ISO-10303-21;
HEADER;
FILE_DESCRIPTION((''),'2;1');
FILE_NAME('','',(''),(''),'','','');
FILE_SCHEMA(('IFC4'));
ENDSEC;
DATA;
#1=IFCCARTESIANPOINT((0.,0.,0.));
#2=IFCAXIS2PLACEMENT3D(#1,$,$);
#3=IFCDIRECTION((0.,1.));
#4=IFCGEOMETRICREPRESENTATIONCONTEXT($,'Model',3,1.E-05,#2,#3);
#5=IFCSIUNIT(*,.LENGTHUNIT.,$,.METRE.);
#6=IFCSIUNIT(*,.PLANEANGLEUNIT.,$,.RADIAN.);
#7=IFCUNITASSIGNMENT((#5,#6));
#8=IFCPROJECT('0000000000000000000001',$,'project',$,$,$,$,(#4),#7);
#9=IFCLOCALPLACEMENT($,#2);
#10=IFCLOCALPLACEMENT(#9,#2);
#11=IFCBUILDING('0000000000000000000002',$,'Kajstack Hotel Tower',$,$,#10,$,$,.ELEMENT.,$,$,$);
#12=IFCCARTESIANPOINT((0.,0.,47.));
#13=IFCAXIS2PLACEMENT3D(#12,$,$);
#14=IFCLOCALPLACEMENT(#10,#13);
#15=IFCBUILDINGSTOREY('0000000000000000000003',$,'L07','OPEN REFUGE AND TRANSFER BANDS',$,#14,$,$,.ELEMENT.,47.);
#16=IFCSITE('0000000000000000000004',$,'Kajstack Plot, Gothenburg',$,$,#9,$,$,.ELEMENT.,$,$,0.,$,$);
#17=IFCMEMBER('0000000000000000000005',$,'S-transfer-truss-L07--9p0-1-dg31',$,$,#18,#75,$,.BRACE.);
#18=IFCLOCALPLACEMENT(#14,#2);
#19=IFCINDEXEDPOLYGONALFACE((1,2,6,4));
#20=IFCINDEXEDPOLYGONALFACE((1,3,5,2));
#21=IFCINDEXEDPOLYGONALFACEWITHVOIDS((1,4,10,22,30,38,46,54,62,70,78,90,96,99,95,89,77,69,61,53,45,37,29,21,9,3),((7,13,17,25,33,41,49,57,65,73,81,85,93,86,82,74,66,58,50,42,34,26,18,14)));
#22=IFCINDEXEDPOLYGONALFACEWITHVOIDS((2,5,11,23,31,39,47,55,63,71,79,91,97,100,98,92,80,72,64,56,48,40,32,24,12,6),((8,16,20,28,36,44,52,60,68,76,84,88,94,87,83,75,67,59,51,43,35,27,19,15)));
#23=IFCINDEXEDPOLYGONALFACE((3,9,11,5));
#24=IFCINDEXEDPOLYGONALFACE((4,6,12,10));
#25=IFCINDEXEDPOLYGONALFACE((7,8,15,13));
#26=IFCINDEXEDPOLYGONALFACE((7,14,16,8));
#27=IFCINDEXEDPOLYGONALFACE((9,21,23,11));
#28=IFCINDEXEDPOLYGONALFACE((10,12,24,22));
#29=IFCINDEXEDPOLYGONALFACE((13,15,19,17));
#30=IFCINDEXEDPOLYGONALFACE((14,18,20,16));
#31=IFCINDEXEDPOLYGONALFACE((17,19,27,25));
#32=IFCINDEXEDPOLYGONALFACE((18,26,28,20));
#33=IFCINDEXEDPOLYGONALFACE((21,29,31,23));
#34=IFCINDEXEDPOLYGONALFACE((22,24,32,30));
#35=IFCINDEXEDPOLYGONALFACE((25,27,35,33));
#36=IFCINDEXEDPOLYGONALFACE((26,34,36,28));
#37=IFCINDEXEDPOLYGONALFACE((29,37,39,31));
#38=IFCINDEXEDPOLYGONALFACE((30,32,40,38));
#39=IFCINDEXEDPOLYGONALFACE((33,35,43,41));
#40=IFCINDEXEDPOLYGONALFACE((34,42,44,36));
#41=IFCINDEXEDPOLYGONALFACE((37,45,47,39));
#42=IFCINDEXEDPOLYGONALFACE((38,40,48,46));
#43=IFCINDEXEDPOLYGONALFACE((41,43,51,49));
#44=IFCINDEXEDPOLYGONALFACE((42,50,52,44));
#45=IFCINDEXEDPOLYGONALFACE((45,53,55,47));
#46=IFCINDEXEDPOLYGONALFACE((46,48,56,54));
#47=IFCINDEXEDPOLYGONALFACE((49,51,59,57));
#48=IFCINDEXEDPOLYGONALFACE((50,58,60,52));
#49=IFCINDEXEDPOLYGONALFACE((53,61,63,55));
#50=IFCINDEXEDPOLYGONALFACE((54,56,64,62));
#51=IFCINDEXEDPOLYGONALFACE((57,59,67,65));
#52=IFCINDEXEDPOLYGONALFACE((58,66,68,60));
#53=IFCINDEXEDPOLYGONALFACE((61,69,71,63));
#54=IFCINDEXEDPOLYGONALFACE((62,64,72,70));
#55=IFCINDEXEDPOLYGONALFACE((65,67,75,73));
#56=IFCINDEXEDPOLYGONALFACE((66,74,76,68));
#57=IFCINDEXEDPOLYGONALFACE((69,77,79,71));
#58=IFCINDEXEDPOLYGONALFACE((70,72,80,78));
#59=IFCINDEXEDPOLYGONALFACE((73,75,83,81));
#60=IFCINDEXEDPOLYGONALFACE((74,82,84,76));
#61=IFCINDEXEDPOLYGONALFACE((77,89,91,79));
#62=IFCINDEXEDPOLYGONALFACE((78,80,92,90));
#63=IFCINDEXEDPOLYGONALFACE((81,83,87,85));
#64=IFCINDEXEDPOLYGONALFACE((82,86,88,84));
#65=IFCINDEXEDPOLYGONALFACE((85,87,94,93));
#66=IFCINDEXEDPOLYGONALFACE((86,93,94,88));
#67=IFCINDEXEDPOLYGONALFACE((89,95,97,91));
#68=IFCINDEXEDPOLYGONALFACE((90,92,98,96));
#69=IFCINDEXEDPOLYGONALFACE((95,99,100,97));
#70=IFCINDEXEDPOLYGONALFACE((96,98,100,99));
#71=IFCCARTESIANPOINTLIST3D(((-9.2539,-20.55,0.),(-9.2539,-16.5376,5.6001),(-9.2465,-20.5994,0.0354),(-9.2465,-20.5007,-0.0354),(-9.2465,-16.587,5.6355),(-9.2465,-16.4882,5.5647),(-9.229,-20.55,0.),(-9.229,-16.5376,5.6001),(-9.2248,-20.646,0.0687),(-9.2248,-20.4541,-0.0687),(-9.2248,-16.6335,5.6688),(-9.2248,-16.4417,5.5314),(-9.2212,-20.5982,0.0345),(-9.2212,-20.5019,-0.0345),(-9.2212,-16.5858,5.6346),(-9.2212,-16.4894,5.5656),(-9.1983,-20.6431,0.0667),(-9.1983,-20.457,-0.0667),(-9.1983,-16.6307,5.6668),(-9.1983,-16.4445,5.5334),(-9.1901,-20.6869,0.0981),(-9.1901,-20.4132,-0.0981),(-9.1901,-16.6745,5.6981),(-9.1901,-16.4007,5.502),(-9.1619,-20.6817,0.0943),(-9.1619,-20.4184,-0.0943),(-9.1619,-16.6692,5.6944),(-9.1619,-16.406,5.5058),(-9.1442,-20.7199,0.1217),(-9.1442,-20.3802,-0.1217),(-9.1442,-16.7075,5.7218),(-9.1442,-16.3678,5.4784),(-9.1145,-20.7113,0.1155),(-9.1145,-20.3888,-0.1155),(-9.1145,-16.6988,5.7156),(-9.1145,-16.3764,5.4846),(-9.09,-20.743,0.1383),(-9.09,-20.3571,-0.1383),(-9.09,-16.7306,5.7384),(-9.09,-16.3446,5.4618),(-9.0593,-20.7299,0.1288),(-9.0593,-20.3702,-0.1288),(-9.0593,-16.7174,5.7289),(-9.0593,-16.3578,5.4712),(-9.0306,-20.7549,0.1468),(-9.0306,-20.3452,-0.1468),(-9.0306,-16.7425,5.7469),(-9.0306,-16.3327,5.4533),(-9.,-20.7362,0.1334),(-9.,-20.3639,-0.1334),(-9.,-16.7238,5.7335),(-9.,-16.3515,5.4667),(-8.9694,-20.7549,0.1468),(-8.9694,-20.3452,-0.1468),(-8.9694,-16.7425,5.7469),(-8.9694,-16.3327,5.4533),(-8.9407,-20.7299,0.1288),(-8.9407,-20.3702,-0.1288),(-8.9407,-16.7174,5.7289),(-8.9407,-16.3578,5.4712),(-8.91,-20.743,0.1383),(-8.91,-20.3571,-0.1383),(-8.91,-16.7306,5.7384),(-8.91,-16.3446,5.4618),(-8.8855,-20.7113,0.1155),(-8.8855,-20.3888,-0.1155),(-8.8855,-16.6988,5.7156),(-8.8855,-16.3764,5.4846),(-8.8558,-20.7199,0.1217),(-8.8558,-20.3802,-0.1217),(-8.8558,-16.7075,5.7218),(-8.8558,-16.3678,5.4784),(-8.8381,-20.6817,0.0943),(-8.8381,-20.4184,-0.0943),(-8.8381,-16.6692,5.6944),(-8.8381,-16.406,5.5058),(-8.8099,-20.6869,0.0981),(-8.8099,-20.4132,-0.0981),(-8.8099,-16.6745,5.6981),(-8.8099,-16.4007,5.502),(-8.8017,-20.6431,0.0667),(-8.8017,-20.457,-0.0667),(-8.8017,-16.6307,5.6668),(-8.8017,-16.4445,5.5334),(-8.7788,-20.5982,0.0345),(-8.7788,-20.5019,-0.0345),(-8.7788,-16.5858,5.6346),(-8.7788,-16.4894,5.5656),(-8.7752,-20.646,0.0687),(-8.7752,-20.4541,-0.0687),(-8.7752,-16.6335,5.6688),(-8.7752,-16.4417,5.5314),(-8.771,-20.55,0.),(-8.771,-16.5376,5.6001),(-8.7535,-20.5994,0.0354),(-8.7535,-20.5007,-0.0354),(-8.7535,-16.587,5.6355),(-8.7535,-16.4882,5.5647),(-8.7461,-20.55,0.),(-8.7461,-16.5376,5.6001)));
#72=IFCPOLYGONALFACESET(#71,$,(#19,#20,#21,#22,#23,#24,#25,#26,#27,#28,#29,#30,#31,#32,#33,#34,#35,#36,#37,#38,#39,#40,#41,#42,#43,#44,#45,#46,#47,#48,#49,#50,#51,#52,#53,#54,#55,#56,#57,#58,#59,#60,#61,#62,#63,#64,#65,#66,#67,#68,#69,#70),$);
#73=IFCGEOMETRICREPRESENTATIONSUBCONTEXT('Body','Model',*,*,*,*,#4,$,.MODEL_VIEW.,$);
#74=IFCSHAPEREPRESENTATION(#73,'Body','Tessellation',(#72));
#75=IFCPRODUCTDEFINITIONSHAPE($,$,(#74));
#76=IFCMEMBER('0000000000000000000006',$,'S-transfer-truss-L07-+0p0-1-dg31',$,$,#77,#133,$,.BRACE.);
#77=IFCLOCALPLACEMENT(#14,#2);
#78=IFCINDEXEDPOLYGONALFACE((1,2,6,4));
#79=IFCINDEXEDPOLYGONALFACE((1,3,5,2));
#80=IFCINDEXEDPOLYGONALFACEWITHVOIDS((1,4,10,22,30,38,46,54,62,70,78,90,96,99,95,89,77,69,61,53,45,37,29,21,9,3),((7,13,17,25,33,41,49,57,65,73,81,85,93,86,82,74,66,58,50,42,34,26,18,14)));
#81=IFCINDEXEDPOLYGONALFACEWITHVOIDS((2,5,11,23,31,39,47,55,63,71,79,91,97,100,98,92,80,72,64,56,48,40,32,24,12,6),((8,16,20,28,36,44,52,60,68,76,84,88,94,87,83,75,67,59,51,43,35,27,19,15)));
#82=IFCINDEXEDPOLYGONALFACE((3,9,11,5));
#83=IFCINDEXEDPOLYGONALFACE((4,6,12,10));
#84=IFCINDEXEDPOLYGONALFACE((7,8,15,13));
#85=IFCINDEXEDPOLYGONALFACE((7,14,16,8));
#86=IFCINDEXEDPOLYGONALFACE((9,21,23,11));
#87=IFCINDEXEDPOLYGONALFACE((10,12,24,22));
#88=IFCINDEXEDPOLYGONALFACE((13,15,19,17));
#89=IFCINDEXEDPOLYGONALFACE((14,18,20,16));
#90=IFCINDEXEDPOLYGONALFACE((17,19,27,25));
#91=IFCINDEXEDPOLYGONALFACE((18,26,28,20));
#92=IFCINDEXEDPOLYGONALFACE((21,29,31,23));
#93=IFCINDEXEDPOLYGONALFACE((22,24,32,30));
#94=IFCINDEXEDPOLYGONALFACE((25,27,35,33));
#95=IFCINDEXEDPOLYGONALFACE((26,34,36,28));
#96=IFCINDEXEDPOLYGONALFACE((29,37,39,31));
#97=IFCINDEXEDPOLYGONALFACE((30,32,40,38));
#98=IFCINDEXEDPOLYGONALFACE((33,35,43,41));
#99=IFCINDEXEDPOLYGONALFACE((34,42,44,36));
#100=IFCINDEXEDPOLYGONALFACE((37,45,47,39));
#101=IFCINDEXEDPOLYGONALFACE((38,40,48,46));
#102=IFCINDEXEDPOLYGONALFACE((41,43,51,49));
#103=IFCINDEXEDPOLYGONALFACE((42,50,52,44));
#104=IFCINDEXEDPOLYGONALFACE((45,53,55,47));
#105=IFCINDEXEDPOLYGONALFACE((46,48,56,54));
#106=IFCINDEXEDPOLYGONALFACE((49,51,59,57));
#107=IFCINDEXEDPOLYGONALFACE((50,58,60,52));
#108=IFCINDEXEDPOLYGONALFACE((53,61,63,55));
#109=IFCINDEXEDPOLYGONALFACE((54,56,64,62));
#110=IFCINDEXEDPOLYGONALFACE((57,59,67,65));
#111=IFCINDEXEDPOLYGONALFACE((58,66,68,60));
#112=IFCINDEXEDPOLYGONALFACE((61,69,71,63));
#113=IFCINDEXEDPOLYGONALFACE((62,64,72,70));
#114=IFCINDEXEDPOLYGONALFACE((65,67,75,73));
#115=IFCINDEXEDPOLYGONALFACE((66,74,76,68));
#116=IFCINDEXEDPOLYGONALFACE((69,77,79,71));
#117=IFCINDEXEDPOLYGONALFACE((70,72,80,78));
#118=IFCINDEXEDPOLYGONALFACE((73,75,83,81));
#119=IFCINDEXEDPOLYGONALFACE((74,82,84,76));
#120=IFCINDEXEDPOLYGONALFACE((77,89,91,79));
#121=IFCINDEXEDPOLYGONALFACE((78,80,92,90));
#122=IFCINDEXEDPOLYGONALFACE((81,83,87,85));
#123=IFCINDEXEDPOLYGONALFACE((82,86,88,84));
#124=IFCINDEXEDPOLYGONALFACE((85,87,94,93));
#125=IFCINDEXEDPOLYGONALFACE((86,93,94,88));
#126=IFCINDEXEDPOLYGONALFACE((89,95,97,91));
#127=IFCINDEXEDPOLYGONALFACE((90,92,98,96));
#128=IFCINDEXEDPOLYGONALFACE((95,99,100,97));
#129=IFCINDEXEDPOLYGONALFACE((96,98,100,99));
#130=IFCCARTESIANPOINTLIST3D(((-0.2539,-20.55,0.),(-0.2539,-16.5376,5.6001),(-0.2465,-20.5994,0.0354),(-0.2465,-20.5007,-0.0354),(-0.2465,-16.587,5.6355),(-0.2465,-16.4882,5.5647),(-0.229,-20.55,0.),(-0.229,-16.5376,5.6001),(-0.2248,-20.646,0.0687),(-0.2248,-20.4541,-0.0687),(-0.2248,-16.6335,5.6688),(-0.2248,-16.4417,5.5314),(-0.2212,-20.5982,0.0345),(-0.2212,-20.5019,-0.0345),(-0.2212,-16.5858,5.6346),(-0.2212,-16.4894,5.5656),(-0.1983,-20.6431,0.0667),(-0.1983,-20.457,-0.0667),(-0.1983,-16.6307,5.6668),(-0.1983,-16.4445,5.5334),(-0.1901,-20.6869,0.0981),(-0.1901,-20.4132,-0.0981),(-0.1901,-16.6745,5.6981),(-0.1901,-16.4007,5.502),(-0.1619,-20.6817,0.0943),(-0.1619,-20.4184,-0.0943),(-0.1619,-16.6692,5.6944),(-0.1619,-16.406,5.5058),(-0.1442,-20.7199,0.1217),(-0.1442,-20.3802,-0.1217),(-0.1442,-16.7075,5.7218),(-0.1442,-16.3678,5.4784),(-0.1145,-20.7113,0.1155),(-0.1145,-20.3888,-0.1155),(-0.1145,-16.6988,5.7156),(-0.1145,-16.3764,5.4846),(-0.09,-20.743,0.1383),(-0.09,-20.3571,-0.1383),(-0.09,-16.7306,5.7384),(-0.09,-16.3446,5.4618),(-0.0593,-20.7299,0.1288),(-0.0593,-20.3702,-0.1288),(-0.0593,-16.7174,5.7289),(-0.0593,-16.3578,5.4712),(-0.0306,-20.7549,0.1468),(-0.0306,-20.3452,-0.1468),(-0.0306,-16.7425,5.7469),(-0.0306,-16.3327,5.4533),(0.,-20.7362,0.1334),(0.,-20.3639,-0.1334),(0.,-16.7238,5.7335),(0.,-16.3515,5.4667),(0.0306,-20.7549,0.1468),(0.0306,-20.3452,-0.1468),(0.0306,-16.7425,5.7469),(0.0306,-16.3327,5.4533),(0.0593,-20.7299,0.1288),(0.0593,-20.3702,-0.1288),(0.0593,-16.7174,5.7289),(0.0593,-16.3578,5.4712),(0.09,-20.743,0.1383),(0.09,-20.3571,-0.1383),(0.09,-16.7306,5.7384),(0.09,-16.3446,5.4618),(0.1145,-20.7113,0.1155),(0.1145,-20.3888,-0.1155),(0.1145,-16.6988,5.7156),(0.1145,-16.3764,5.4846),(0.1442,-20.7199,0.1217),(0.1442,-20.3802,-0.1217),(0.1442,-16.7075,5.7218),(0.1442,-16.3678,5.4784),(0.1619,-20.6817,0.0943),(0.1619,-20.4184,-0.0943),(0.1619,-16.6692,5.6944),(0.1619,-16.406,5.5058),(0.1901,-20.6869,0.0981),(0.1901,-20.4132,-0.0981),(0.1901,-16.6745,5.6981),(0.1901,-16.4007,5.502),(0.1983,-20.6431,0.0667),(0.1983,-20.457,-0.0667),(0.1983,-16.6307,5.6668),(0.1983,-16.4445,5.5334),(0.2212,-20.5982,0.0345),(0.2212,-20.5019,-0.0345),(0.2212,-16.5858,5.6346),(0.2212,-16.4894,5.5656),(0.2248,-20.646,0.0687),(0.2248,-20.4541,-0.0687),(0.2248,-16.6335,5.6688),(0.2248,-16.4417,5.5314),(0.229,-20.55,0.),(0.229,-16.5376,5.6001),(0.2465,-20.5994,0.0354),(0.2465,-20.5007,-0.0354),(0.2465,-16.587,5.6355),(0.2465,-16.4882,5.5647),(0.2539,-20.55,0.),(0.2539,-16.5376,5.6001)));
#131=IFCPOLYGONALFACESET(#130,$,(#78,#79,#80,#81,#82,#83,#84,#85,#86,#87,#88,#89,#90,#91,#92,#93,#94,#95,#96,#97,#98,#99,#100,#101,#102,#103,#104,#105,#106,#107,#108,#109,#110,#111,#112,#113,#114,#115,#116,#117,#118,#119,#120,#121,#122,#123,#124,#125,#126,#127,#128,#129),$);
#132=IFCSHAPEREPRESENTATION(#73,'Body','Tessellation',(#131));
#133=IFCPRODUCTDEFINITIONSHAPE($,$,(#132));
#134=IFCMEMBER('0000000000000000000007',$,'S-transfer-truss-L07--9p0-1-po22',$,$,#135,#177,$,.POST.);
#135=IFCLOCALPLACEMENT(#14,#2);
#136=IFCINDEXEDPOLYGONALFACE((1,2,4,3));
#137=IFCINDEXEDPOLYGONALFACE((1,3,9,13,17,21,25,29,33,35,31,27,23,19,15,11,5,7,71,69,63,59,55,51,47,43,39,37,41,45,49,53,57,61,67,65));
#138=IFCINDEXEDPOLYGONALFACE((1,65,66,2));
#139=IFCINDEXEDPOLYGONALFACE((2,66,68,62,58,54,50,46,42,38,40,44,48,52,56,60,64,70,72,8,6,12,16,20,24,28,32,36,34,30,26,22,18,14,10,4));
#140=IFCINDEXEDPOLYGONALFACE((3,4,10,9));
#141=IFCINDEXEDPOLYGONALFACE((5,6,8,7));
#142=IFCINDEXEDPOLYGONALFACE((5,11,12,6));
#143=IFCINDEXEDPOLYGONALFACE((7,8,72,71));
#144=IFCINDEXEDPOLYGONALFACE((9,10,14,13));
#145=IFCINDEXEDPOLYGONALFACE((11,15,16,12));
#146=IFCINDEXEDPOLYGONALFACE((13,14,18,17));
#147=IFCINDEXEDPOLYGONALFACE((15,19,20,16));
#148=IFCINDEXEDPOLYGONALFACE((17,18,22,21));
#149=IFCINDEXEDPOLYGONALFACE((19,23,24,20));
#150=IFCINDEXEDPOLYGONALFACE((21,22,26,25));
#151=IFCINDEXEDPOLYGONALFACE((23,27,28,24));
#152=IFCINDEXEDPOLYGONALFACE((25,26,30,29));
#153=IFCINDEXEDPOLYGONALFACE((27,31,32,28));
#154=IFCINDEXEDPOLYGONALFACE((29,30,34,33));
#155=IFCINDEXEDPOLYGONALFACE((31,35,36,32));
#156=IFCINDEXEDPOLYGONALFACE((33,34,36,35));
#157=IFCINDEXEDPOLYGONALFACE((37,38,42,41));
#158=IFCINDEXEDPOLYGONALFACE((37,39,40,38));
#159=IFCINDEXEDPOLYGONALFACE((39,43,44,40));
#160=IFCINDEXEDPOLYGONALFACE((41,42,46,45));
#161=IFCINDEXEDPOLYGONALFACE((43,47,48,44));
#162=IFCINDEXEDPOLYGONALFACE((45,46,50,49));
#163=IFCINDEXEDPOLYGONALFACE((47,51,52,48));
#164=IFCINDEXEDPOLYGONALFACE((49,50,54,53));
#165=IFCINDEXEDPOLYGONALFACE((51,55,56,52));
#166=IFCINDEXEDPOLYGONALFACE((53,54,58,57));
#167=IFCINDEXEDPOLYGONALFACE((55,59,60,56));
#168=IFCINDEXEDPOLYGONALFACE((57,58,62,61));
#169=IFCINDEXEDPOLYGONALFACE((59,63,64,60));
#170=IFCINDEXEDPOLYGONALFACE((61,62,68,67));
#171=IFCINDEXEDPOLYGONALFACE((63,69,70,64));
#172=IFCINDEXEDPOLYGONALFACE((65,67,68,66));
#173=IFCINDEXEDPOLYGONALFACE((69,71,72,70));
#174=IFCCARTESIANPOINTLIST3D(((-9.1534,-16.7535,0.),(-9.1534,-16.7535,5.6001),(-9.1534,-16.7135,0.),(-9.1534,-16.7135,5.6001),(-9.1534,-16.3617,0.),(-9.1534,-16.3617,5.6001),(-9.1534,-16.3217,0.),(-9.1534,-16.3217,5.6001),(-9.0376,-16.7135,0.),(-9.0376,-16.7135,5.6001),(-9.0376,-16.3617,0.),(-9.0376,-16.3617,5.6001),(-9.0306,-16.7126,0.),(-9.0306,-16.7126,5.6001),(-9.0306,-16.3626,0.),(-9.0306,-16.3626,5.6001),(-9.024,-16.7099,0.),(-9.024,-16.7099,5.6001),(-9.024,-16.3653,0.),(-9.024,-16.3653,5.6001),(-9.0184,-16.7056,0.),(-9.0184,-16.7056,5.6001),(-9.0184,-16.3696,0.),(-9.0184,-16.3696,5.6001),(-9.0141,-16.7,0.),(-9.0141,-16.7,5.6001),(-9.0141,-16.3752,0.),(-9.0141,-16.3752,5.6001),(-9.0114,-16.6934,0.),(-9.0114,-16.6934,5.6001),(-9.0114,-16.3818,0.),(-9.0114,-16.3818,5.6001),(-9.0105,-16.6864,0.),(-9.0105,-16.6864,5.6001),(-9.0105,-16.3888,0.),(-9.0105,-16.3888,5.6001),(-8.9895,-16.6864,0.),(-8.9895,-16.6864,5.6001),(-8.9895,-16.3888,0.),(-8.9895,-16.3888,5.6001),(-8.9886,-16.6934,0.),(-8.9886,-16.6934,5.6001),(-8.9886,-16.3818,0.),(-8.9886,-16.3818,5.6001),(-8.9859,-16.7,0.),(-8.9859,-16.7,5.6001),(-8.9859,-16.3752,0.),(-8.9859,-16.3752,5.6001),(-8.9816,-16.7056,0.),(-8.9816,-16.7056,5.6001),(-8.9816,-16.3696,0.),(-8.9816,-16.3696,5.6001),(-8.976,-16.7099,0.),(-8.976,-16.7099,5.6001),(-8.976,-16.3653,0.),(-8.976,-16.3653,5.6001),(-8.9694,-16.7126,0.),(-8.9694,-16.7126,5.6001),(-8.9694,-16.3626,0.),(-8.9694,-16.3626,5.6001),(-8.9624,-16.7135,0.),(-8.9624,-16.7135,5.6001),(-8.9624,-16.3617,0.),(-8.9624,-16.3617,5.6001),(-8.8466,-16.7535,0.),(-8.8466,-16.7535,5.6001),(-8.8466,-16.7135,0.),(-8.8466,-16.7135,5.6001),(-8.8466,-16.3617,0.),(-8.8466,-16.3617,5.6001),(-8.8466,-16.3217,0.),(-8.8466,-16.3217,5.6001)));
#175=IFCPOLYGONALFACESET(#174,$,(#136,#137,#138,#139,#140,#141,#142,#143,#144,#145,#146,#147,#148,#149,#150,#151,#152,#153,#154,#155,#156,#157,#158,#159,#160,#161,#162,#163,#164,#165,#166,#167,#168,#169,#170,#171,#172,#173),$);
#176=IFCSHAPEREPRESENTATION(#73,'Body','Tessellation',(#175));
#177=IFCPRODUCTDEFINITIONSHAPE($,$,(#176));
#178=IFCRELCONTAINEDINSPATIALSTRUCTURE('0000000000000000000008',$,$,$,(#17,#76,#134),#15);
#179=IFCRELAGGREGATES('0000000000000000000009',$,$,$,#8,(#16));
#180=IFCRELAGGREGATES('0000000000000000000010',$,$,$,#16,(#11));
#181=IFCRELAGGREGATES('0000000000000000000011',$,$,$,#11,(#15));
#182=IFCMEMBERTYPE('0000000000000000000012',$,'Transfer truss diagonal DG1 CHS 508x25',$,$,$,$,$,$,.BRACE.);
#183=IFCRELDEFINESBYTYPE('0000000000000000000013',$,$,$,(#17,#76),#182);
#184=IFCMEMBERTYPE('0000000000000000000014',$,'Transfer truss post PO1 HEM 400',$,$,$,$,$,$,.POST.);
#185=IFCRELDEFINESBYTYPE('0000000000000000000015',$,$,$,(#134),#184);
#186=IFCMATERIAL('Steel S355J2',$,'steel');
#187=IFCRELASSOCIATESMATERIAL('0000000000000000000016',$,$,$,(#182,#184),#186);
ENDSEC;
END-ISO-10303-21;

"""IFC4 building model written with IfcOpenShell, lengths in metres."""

from ifc_helpers import new_model, si_unit, direction, frame, origin, origin_2d, place, context, subcontext, project, spatial, hollow_circle, i_section, extrude, material, material_profile, profile_set, type_object, element, save


model = new_model("IFC4")

# Units and contexts
model_context = context("Model", 3, precision=1e-05, world=origin(), true_north=direction((0.0, 1.0)))
body_context = subcontext(model_context, "Body", "Model", "MODEL_VIEW")
ifc_project = project(units=[si_unit("LENGTHUNIT", "METRE"), si_unit("PLANEANGLEUNIT", "RADIAN")], contexts=[model_context])

# Site, building, storey
site_placement = place(None, origin())
site = spatial("IfcSite", under=ifc_project, at=site_placement, Name="Kajstack Plot, Gothenburg", CompositionType="ELEMENT", RefElevation=0.0)
building_placement = place(site_placement, origin())
building = spatial("IfcBuilding", under=site, at=building_placement, Name="Kajstack Hotel Tower", CompositionType="ELEMENT")
storey_placement = place(building_placement, frame((0.0, 0.0, 47.0)))
storey = spatial("IfcBuildingStorey", under=building, at=storey_placement, Name="L07", Description="OPEN REFUGE AND TRANSFER BANDS", CompositionType="ELEMENT", Elevation=47.0)

# Members
ifc_material = material(Name="Steel S355J2", Category="steel")
ifc_material_profile_1 = material_profile(ifc_material, hollow_circle(Radius=0.2539, WallThickness=0.0249, at=origin_2d()), Name="CHS 508x25")
ifc_profile_set_1 = profile_set([ifc_material_profile_1], Name="Steel S355J2")
member_type_1 = type_object("IfcMemberType", Name="Transfer truss diagonal DG1 CHS 508x25", PredefinedType="BRACE", material=ifc_profile_set_1)
for number, where, z_axis, x_axis, name in (
    (1, (-9.0, -20.55, 0.0), (0.0, 0.582428, 0.812883), (-1.0, 0.0, 0.0), "S-transfer-truss-L07--9p0-1-dg31"),
    (2, (0.0, -20.55, 0.0), (0.0, 0.582428, 0.812883), (-1.0, 0.0, 0.0), "S-transfer-truss-L07-+0p0-1-dg31"),
):
    element("IfcMember", number, at=place(storey_placement, frame(where, z_axis=z_axis, x_axis=x_axis)), inside=storey, type_object=member_type_1, Name=name, PredefinedType="BRACE", context=body_context, shape_type="SweptSolid", body=[
        extrude(hollow_circle(Radius=0.2539, WallThickness=0.0249, at=origin_2d()), origin(), (0.0, 0.0, 1.0), 6.8892),
    ])
ifc_material_profile_2 = material_profile(ifc_material, i_section(OverallWidth=0.3069, OverallDepth=0.4319, WebThickness=0.021, FlangeThickness=0.04, FilletRadius=0.0271, at=origin_2d()), Name="HEM 400")
ifc_profile_set_2 = profile_set([ifc_material_profile_2], Name="Steel S355J2")
member_type_2 = type_object("IfcMemberType", Name="Transfer truss post PO1 HEM 400", PredefinedType="POST", material=ifc_profile_set_2)
for number, where, z_axis, x_axis, name in (
    (3, (-9.0, -16.5376, 0.0), (0.0, 0.0, 1.0), (1.0, 0.0, 0.0), "S-transfer-truss-L07--9p0-1-po22"),
):
    element("IfcMember", number, at=place(storey_placement, frame(where, z_axis=z_axis, x_axis=x_axis)), inside=storey, type_object=member_type_2, Name=name, PredefinedType="POST", context=body_context, shape_type="SweptSolid", body=[
        extrude(i_section(OverallWidth=0.3069, OverallDepth=0.4319, WebThickness=0.021, FlangeThickness=0.04, FilletRadius=0.0271, at=origin_2d()), origin(), (0.0, 0.0, 1.0), 5.6001),
    ])

save(model, "model.ifc")
